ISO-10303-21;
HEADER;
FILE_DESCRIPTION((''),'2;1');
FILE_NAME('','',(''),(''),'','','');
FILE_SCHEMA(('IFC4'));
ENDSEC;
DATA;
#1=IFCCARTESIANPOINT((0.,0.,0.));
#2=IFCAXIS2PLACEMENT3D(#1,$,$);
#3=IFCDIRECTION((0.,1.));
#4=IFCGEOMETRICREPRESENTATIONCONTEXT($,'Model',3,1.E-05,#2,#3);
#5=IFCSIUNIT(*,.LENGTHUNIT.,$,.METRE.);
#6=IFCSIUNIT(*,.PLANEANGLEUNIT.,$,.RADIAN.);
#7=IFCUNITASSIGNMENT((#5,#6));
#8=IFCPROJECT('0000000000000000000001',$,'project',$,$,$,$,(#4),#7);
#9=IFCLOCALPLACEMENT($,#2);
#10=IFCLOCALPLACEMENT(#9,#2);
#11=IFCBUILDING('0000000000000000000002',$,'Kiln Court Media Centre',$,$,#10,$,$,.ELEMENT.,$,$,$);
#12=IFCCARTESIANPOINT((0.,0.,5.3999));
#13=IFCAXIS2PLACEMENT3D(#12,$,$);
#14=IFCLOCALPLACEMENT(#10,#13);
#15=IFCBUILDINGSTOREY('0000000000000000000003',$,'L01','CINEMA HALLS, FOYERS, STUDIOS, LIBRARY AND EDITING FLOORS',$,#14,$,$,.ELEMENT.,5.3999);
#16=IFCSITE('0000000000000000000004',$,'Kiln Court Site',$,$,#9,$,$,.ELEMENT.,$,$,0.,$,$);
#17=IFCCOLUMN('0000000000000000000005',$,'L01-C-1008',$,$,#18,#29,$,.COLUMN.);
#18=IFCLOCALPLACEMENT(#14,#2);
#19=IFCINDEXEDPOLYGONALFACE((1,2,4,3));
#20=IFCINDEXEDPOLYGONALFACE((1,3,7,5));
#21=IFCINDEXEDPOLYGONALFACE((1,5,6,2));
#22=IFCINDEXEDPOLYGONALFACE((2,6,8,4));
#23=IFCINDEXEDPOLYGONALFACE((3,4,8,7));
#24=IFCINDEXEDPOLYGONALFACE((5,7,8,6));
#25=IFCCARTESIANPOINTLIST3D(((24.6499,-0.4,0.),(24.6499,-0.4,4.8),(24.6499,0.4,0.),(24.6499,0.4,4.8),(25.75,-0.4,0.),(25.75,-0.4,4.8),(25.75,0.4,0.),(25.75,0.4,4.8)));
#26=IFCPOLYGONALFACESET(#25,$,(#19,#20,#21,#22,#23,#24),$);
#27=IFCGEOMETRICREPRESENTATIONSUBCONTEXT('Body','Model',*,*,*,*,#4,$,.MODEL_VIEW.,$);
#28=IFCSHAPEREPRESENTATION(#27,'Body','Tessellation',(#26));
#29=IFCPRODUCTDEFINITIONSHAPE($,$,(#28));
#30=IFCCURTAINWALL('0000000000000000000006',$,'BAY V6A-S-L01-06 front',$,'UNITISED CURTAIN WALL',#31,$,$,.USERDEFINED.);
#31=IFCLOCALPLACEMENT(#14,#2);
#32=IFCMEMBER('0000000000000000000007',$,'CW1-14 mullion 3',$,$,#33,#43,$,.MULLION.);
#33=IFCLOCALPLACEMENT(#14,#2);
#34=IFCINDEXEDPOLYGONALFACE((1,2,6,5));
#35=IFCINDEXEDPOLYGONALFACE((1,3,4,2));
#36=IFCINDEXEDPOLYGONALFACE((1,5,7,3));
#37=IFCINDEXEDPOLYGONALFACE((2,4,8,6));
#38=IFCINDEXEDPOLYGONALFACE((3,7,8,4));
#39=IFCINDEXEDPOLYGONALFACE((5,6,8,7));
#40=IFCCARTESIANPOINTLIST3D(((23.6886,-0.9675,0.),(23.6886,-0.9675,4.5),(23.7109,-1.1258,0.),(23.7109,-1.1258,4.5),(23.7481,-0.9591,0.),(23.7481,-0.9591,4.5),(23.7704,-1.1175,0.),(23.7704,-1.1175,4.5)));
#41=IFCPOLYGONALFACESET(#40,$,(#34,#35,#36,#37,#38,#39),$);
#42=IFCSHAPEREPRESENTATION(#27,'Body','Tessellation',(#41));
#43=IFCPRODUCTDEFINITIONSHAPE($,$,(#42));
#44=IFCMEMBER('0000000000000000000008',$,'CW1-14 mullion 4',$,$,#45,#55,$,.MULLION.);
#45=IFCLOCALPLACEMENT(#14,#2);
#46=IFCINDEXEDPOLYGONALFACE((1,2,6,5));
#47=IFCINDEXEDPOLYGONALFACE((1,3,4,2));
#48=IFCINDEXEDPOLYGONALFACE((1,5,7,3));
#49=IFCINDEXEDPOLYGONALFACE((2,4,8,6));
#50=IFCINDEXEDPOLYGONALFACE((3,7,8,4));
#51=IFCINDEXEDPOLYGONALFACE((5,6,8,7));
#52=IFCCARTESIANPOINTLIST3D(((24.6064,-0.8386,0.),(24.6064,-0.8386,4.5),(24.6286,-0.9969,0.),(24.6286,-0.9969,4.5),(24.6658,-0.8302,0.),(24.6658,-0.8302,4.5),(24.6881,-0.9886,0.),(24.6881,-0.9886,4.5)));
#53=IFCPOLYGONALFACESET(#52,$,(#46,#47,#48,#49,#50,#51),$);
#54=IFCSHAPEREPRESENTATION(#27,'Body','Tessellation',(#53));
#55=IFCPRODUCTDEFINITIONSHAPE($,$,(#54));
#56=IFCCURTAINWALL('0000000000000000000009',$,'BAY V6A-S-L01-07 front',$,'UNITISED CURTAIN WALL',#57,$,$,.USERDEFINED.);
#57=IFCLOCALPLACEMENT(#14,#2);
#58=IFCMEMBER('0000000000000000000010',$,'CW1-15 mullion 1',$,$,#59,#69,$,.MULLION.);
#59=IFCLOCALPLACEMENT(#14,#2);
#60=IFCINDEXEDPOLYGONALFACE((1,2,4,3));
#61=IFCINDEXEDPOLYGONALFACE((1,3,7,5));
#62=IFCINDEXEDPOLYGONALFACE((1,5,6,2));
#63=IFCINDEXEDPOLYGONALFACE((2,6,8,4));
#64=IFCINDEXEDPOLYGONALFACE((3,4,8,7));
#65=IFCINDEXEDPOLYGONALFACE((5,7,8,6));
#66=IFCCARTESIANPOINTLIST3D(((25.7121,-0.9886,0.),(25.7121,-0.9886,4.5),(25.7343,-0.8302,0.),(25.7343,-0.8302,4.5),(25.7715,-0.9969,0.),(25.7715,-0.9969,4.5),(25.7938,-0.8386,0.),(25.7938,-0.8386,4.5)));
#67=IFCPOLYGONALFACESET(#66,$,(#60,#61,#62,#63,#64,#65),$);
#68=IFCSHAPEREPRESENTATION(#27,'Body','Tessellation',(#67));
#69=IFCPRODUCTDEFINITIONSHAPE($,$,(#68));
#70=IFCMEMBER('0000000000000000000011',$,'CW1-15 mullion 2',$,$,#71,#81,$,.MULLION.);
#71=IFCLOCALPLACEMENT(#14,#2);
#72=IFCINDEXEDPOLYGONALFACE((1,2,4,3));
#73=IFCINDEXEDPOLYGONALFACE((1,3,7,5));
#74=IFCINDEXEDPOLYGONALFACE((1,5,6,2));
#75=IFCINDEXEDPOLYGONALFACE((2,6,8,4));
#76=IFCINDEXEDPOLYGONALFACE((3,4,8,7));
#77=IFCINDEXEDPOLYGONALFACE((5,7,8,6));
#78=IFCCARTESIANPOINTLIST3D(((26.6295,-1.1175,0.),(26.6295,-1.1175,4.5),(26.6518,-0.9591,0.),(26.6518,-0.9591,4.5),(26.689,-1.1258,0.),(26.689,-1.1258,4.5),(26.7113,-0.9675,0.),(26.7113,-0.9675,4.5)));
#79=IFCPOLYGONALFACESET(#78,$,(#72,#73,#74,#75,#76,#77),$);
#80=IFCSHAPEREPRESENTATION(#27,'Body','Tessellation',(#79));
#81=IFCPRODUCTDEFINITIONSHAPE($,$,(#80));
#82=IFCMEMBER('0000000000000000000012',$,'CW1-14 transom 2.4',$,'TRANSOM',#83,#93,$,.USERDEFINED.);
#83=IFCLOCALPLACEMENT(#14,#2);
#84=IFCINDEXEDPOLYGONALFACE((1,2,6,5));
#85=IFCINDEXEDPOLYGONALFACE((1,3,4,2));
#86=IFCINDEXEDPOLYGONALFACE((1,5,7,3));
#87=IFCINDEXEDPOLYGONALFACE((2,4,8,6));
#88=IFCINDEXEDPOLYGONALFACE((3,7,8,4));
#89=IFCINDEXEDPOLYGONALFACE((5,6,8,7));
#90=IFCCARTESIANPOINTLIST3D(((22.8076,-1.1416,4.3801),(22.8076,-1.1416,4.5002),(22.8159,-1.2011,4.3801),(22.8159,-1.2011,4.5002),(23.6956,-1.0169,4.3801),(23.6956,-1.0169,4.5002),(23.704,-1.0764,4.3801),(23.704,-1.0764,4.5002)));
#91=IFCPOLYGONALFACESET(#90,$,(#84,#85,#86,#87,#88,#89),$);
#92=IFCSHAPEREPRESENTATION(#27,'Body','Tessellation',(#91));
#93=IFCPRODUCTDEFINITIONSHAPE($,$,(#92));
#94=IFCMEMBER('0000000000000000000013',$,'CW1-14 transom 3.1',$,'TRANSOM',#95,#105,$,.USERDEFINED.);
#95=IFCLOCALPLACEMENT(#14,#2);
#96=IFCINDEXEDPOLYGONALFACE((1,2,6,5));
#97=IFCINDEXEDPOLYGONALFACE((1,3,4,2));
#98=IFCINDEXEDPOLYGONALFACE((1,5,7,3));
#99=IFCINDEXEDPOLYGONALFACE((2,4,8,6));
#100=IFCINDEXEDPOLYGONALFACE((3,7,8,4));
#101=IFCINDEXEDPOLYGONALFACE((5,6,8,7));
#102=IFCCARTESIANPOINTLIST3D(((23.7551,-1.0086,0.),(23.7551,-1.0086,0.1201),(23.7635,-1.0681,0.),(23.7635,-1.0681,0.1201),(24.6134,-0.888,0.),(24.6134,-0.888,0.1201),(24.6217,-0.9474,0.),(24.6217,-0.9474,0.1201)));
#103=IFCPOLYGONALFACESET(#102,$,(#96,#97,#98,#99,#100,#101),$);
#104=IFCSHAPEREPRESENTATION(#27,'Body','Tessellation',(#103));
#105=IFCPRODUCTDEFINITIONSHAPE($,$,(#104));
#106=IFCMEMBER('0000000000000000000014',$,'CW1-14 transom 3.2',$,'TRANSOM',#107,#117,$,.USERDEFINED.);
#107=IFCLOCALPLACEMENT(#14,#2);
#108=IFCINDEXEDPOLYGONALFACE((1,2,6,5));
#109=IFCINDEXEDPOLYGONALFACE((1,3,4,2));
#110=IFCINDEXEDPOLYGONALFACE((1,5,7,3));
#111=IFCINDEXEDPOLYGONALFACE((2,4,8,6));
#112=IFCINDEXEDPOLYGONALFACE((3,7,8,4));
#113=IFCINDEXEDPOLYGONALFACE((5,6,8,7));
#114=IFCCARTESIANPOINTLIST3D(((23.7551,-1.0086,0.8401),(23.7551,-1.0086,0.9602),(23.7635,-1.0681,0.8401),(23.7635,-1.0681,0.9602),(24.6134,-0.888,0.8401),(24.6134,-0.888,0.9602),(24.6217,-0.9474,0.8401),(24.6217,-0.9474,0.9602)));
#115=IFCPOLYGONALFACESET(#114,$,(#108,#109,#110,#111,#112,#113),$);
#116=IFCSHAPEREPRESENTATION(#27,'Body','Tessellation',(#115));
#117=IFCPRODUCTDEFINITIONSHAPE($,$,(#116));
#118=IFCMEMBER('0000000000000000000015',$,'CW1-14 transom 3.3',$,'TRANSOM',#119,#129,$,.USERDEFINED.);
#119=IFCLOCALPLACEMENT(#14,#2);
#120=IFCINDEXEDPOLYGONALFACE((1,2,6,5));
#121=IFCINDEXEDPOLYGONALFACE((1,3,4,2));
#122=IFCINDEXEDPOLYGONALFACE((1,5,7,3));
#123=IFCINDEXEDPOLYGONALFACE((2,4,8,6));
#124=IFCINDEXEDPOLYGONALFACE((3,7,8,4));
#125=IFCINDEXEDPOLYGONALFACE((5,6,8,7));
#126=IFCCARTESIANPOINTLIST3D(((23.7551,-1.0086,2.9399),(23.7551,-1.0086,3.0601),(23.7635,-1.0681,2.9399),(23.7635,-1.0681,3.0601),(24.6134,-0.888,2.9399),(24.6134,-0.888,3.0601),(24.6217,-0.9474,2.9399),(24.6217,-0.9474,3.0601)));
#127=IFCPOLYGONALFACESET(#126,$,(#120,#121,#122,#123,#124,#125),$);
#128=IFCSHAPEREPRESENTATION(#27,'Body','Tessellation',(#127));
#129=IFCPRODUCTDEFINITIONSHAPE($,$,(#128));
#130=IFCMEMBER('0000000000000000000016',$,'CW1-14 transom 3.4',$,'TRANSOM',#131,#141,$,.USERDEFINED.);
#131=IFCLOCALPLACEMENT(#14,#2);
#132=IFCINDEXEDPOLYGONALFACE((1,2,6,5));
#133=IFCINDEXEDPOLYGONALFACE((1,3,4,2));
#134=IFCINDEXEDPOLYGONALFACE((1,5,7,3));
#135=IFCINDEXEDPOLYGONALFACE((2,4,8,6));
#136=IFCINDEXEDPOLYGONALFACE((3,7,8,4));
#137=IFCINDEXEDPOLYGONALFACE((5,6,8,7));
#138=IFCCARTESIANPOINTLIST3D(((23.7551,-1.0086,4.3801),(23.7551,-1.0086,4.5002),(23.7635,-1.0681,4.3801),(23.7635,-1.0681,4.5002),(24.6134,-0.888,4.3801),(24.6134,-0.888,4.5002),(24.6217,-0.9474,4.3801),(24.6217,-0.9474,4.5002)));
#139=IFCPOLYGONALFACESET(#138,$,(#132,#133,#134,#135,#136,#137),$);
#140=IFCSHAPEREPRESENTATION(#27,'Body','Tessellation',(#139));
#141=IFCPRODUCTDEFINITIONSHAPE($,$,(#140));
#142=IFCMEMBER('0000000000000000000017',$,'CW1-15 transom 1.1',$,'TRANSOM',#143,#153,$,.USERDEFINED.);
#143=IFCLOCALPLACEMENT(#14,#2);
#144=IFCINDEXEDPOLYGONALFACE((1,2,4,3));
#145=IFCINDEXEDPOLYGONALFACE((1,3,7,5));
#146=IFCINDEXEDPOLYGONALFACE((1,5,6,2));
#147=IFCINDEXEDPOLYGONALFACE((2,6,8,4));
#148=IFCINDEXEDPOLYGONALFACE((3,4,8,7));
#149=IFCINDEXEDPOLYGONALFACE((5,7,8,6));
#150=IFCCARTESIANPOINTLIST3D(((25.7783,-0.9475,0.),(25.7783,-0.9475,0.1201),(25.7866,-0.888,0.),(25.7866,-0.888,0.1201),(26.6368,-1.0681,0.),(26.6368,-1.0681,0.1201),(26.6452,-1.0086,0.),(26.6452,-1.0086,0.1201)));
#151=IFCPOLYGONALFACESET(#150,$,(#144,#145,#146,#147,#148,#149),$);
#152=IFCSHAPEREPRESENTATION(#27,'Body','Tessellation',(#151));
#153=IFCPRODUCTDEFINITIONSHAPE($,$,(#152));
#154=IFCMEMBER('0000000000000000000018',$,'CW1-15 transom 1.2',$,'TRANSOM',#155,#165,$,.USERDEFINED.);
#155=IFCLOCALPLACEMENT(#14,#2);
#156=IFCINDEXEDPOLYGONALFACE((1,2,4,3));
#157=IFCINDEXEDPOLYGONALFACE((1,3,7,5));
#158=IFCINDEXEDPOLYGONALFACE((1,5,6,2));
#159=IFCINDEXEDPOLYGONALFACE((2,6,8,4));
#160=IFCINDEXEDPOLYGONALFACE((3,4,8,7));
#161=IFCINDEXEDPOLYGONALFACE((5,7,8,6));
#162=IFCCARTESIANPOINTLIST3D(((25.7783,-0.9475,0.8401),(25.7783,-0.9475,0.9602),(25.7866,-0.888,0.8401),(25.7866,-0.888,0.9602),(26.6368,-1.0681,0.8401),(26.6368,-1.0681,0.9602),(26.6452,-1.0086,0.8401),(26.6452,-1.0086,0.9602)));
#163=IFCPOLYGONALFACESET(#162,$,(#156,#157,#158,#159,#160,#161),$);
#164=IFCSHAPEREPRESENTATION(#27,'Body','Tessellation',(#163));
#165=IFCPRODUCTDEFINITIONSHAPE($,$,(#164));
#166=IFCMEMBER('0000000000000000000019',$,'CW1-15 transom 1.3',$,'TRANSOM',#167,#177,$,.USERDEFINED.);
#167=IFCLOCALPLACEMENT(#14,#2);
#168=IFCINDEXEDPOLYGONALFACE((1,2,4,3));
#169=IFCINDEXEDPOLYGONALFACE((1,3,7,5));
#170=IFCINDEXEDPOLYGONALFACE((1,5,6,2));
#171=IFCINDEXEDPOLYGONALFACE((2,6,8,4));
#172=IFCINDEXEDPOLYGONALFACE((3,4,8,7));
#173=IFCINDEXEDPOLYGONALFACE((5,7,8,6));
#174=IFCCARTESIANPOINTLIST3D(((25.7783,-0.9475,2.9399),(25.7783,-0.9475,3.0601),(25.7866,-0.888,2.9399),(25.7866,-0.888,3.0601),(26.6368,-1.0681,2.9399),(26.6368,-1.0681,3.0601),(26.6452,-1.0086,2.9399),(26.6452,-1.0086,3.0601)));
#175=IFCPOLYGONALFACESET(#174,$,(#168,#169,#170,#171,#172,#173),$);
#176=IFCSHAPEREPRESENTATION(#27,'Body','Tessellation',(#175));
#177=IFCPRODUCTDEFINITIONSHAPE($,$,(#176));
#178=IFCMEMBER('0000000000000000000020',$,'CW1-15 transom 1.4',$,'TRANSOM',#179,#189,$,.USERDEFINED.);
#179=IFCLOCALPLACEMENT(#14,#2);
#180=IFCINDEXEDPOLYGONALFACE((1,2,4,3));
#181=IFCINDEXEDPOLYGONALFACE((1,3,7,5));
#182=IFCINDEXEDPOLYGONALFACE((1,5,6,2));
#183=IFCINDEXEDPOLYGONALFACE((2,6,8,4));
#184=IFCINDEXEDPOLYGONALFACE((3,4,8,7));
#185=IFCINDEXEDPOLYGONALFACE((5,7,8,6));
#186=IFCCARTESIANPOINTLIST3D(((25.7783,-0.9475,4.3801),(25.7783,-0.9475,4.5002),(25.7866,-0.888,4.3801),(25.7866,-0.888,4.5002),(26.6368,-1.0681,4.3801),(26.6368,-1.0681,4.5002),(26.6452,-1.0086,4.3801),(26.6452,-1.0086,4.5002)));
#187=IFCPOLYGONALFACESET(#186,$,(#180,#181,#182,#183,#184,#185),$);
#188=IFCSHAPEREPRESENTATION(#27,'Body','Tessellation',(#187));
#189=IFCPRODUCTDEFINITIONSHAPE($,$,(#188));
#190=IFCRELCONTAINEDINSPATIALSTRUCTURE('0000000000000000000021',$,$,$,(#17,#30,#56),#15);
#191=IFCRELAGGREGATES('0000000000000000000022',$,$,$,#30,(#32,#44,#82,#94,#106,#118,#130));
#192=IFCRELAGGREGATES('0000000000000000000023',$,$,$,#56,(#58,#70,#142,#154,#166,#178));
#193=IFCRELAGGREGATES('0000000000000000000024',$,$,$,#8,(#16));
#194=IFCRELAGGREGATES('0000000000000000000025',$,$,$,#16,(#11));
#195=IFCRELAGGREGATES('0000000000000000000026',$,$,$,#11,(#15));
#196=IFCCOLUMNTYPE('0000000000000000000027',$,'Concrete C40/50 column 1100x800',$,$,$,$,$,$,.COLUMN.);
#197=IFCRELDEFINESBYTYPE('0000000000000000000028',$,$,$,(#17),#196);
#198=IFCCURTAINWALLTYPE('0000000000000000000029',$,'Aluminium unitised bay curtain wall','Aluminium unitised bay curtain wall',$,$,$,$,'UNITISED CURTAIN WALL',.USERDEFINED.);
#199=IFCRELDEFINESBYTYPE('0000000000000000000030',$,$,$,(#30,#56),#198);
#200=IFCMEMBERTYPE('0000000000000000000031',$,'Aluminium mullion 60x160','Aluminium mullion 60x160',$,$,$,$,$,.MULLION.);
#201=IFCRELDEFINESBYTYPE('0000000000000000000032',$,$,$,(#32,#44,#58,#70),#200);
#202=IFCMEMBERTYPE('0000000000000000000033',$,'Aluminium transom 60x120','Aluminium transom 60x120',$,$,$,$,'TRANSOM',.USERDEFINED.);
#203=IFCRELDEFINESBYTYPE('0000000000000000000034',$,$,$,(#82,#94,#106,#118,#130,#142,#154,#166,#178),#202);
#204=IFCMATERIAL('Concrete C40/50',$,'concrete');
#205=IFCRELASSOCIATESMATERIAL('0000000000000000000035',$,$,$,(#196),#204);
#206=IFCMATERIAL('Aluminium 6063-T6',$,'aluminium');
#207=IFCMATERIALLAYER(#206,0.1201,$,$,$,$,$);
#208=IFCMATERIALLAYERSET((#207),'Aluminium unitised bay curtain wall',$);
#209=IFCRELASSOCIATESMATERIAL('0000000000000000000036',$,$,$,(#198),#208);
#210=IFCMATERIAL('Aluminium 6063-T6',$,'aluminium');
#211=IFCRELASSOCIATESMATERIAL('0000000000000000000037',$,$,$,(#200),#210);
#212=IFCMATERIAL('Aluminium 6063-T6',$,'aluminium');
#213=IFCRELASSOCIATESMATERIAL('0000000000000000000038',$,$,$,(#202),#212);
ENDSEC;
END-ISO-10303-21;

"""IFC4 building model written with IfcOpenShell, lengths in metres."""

from ifc_helpers import new_model, si_unit, direction, frame, origin, origin_2d, place, context, subcontext, project, spatial, rectangle, extrude, material, layer, layer_set, material_profile, profile_set, type_object, element, aggregate, save


model = new_model("IFC4")

# Units and contexts
model_context = context("Model", 3, precision=1e-05, world=origin(), true_north=direction((0.0, 1.0)))
body_context = subcontext(model_context, "Body", "Model", "MODEL_VIEW")
ifc_project = project(units=[si_unit("LENGTHUNIT", "METRE"), si_unit("PLANEANGLEUNIT", "RADIAN")], contexts=[model_context])

# Site, building, storey
site_placement = place(None, origin())
site = spatial("IfcSite", under=ifc_project, at=site_placement, Name="Kiln Court Site", CompositionType="ELEMENT", RefElevation=0.0)
building_placement = place(site_placement, origin())
building = spatial("IfcBuilding", under=site, at=building_placement, Name="Kiln Court Media Centre", CompositionType="ELEMENT")
storey_placement = place(building_placement, frame((0.0, 0.0, 5.3999)))
storey = spatial("IfcBuildingStorey", under=building, at=storey_placement, Name="L01", Description="CINEMA HALLS, FOYERS, STUDIOS, LIBRARY AND EDITING FLOORS", CompositionType="ELEMENT", Elevation=5.3999)

# Column
ifc_material_1 = material(Name="Concrete C40/50", Category="concrete")
ifc_material_profile_1 = material_profile(ifc_material_1, rectangle(XDim=1.1001, YDim=0.8, at=origin_2d()), Name="RC 1100x800")
ifc_profile_set_1 = profile_set([ifc_material_profile_1], Name="Concrete C40/50")
column_type = type_object("IfcColumnType", Name="Concrete C40/50 column 1100x800", PredefinedType="COLUMN", material=ifc_profile_set_1)
column_placement = place(storey_placement, frame((25.2, 0.0, 0.0), z_axis=(0.0, 0.0, 1.0), x_axis=(1.0, 0.0, 0.0)))
element("IfcColumn", 1, at=column_placement, inside=storey, type_object=column_type, Name="L01-C-1008", PredefinedType="COLUMN", context=body_context, shape_type="SweptSolid", body=[
    extrude(rectangle(XDim=1.1001, YDim=0.8, at=origin_2d()), origin(), (0.0, 0.0, 1.0), 4.8),
])

# Curtain walls, members
ifc_material_2 = material(Name="Aluminium 6063-T6", Category="aluminium")
ifc_layer_1 = layer(ifc_material_2, 0.1201)
ifc_layer_set_1 = layer_set([ifc_layer_1], Name="Aluminium unitised bay curtain wall")
curtain_wall_type = type_object("IfcCurtainWallType", Name="Aluminium unitised bay curtain wall", Description="Aluminium unitised bay curtain wall", ElementType="UNITISED CURTAIN WALL", PredefinedType="USERDEFINED", material=ifc_layer_set_1)
curtain_wall_1_placement = place(storey_placement, origin())
curtain_wall_1 = element("IfcCurtainWall", 2, at=curtain_wall_1_placement, inside=storey, type_object=curtain_wall_type, Name="BAY V6A-S-L01-06 front", ObjectType="UNITISED CURTAIN WALL", PredefinedType="USERDEFINED")
ifc_material_3 = material(Name="Aluminium 6063-T6", Category="aluminium")
ifc_material_profile_2 = material_profile(ifc_material_3, rectangle(XDim=0.0601, YDim=0.1599, at=origin_2d()), Name="Aluminium mullion 60x160")
ifc_profile_set_2 = profile_set([ifc_material_profile_2], Name="Aluminium 6063-T6")
member_type_1 = type_object("IfcMemberType", Name="Aluminium mullion 60x160", Description="Aluminium mullion 60x160", PredefinedType="MULLION", material=ifc_profile_set_2)
member_1_placement = place(storey_placement, frame((23.7295, -1.0425, 0.0), z_axis=(0.0, 0.0, 1.0), x_axis=(0.99027, 0.139162, 0.0)))
member_1 = element("IfcMember", 3, at=member_1_placement, type_object=member_type_1, Name="CW1-14 mullion 3", PredefinedType="MULLION", context=body_context, shape_type="SweptSolid", body=[
    extrude(rectangle(XDim=0.0601, YDim=0.1599, at=origin_2d()), origin(), (0.0, 0.0, 1.0), 4.5),
])
member_2_placement = place(storey_placement, frame((24.6472, -0.9136, 0.0), z_axis=(0.0, 0.0, 1.0), x_axis=(0.99027, 0.139162, 0.0)))
member_2 = element("IfcMember", 4, at=member_2_placement, type_object=member_type_1, Name="CW1-14 mullion 4", PredefinedType="MULLION", context=body_context, shape_type="SweptSolid", body=[
    extrude(rectangle(XDim=0.0601, YDim=0.1599, at=origin_2d()), origin(), (0.0, 0.0, 1.0), 4.5),
])
curtain_wall_2_placement = place(storey_placement, origin())
curtain_wall_2 = element("IfcCurtainWall", 5, at=curtain_wall_2_placement, inside=storey, type_object=curtain_wall_type, Name="BAY V6A-S-L01-07 front", ObjectType="UNITISED CURTAIN WALL", PredefinedType="USERDEFINED")
member_3_placement = place(storey_placement, frame((25.7529, -0.9136, 0.0), z_axis=(0.0, 0.0, 1.0), x_axis=(0.99027, -0.139162, 0.0)))
member_3 = element("IfcMember", 6, at=member_3_placement, type_object=member_type_1, Name="CW1-15 mullion 1", PredefinedType="MULLION", context=body_context, shape_type="SweptSolid", body=[
    extrude(rectangle(XDim=0.0601, YDim=0.1599, at=origin_2d()), origin(), (0.0, 0.0, 1.0), 4.5),
])
member_4_placement = place(storey_placement, frame((26.6704, -1.0425, 0.0), z_axis=(0.0, 0.0, 1.0), x_axis=(0.99027, -0.139162, 0.0)))
member_4 = element("IfcMember", 7, at=member_4_placement, type_object=member_type_1, Name="CW1-15 mullion 2", PredefinedType="MULLION", context=body_context, shape_type="SweptSolid", body=[
    extrude(rectangle(XDim=0.0601, YDim=0.1599, at=origin_2d()), origin(), (0.0, 0.0, 1.0), 4.5),
])

# Members
ifc_material_4 = material(Name="Aluminium 6063-T6", Category="aluminium")
ifc_material_profile_3 = material_profile(ifc_material_4, rectangle(XDim=0.0601, YDim=0.1201, at=origin_2d()), Name="Aluminium transom 60x120")
ifc_profile_set_3 = profile_set([ifc_material_profile_3], Name="Aluminium 6063-T6")
member_type_2 = type_object("IfcMemberType", Name="Aluminium transom 60x120", Description="Aluminium transom 60x120", ElementType="TRANSOM", PredefinedType="USERDEFINED", material=ifc_profile_set_3)
member_5_placement = place(storey_placement, frame((22.8118, -1.1714, 4.4402), z_axis=(0.990274, 0.139134, 0.0), x_axis=(-0.139134, 0.990274, 0.0)))
member_5 = element("IfcMember", 8, at=member_5_placement, type_object=member_type_2, Name="CW1-14 transom 2.4", ObjectType="TRANSOM", PredefinedType="USERDEFINED", context=body_context, shape_type="SweptSolid", body=[
    extrude(rectangle(XDim=0.0601, YDim=0.1201, at=origin_2d()), origin(), (0.0, 0.0, 1.0), 0.8967),
])
member_6_placement = place(storey_placement, frame((23.7593, -1.0383, 0.0601), z_axis=(0.990268, 0.139173, 0.0), x_axis=(-0.139173, 0.990268, 0.0)))
member_6 = element("IfcMember", 9, at=member_6_placement, type_object=member_type_2, Name="CW1-14 transom 3.1", ObjectType="TRANSOM", PredefinedType="USERDEFINED", context=body_context, shape_type="SweptSolid", body=[
    extrude(rectangle(XDim=0.0601, YDim=0.1201, at=origin_2d()), origin(), (0.0, 0.0, 1.0), 0.8667),
])
member_7_placement = place(storey_placement, frame((23.7593, -1.0383, 0.9001), z_axis=(0.990268, 0.139173, 0.0), x_axis=(-0.139173, 0.990268, 0.0)))
member_7 = element("IfcMember", 10, at=member_7_placement, type_object=member_type_2, Name="CW1-14 transom 3.2", ObjectType="TRANSOM", PredefinedType="USERDEFINED", context=body_context, shape_type="SweptSolid", body=[
    extrude(rectangle(XDim=0.0601, YDim=0.1201, at=origin_2d()), origin(), (0.0, 0.0, 1.0), 0.8667),
])
member_8_placement = place(storey_placement, frame((23.7593, -1.0383, 3.0), z_axis=(0.990268, 0.139173, 0.0), x_axis=(-0.139173, 0.990268, 0.0)))
member_8 = element("IfcMember", 11, at=member_8_placement, type_object=member_type_2, Name="CW1-14 transom 3.3", ObjectType="TRANSOM", PredefinedType="USERDEFINED", context=body_context, shape_type="SweptSolid", body=[
    extrude(rectangle(XDim=0.0601, YDim=0.1201, at=origin_2d()), origin(), (0.0, 0.0, 1.0), 0.8667),
])
member_9_placement = place(storey_placement, frame((23.7593, -1.0383, 4.4402), z_axis=(0.990268, 0.139173, 0.0), x_axis=(-0.139173, 0.990268, 0.0)))
member_9 = element("IfcMember", 12, at=member_9_placement, type_object=member_type_2, Name="CW1-14 transom 3.4", ObjectType="TRANSOM", PredefinedType="USERDEFINED", context=body_context, shape_type="SweptSolid", body=[
    extrude(rectangle(XDim=0.0601, YDim=0.1201, at=origin_2d()), origin(), (0.0, 0.0, 1.0), 0.8667),
])
member_10_placement = place(storey_placement, frame((25.7825, -0.9177, 0.0601), z_axis=(0.990274, -0.139134, 0.0), x_axis=(0.139134, 0.990274, 0.0)))
member_10 = element("IfcMember", 13, at=member_10_placement, type_object=member_type_2, Name="CW1-15 transom 1.1", ObjectType="TRANSOM", PredefinedType="USERDEFINED", context=body_context, shape_type="SweptSolid", body=[
    extrude(rectangle(XDim=0.0601, YDim=0.1201, at=origin_2d()), origin(), (0.0, 0.0, 1.0), 0.8669),
])
member_11_placement = place(storey_placement, frame((25.7825, -0.9177, 0.9001), z_axis=(0.990274, -0.139134, 0.0), x_axis=(0.139134, 0.990274, 0.0)))
member_11 = element("IfcMember", 14, at=member_11_placement, type_object=member_type_2, Name="CW1-15 transom 1.2", ObjectType="TRANSOM", PredefinedType="USERDEFINED", context=body_context, shape_type="SweptSolid", body=[
    extrude(rectangle(XDim=0.0601, YDim=0.1201, at=origin_2d()), origin(), (0.0, 0.0, 1.0), 0.8669),
])
member_12_placement = place(storey_placement, frame((25.7825, -0.9177, 3.0), z_axis=(0.990274, -0.139134, 0.0), x_axis=(0.139134, 0.990274, 0.0)))
member_12 = element("IfcMember", 15, at=member_12_placement, type_object=member_type_2, Name="CW1-15 transom 1.3", ObjectType="TRANSOM", PredefinedType="USERDEFINED", context=body_context, shape_type="SweptSolid", body=[
    extrude(rectangle(XDim=0.0601, YDim=0.1201, at=origin_2d()), origin(), (0.0, 0.0, 1.0), 0.8669),
])
member_13_placement = place(storey_placement, frame((25.7825, -0.9177, 4.4402), z_axis=(0.990274, -0.139134, 0.0), x_axis=(0.139134, 0.990274, 0.0)))
member_13 = element("IfcMember", 16, at=member_13_placement, type_object=member_type_2, Name="CW1-15 transom 1.4", ObjectType="TRANSOM", PredefinedType="USERDEFINED", context=body_context, shape_type="SweptSolid", body=[
    extrude(rectangle(XDim=0.0601, YDim=0.1201, at=origin_2d()), origin(), (0.0, 0.0, 1.0), 0.8669),
])

aggregate(curtain_wall_1, [member_1, member_2, member_5, member_6, member_7, member_8, member_9])
aggregate(curtain_wall_2, [member_3, member_4, member_10, member_11, member_12, member_13])

save(model, "model.ifc")
